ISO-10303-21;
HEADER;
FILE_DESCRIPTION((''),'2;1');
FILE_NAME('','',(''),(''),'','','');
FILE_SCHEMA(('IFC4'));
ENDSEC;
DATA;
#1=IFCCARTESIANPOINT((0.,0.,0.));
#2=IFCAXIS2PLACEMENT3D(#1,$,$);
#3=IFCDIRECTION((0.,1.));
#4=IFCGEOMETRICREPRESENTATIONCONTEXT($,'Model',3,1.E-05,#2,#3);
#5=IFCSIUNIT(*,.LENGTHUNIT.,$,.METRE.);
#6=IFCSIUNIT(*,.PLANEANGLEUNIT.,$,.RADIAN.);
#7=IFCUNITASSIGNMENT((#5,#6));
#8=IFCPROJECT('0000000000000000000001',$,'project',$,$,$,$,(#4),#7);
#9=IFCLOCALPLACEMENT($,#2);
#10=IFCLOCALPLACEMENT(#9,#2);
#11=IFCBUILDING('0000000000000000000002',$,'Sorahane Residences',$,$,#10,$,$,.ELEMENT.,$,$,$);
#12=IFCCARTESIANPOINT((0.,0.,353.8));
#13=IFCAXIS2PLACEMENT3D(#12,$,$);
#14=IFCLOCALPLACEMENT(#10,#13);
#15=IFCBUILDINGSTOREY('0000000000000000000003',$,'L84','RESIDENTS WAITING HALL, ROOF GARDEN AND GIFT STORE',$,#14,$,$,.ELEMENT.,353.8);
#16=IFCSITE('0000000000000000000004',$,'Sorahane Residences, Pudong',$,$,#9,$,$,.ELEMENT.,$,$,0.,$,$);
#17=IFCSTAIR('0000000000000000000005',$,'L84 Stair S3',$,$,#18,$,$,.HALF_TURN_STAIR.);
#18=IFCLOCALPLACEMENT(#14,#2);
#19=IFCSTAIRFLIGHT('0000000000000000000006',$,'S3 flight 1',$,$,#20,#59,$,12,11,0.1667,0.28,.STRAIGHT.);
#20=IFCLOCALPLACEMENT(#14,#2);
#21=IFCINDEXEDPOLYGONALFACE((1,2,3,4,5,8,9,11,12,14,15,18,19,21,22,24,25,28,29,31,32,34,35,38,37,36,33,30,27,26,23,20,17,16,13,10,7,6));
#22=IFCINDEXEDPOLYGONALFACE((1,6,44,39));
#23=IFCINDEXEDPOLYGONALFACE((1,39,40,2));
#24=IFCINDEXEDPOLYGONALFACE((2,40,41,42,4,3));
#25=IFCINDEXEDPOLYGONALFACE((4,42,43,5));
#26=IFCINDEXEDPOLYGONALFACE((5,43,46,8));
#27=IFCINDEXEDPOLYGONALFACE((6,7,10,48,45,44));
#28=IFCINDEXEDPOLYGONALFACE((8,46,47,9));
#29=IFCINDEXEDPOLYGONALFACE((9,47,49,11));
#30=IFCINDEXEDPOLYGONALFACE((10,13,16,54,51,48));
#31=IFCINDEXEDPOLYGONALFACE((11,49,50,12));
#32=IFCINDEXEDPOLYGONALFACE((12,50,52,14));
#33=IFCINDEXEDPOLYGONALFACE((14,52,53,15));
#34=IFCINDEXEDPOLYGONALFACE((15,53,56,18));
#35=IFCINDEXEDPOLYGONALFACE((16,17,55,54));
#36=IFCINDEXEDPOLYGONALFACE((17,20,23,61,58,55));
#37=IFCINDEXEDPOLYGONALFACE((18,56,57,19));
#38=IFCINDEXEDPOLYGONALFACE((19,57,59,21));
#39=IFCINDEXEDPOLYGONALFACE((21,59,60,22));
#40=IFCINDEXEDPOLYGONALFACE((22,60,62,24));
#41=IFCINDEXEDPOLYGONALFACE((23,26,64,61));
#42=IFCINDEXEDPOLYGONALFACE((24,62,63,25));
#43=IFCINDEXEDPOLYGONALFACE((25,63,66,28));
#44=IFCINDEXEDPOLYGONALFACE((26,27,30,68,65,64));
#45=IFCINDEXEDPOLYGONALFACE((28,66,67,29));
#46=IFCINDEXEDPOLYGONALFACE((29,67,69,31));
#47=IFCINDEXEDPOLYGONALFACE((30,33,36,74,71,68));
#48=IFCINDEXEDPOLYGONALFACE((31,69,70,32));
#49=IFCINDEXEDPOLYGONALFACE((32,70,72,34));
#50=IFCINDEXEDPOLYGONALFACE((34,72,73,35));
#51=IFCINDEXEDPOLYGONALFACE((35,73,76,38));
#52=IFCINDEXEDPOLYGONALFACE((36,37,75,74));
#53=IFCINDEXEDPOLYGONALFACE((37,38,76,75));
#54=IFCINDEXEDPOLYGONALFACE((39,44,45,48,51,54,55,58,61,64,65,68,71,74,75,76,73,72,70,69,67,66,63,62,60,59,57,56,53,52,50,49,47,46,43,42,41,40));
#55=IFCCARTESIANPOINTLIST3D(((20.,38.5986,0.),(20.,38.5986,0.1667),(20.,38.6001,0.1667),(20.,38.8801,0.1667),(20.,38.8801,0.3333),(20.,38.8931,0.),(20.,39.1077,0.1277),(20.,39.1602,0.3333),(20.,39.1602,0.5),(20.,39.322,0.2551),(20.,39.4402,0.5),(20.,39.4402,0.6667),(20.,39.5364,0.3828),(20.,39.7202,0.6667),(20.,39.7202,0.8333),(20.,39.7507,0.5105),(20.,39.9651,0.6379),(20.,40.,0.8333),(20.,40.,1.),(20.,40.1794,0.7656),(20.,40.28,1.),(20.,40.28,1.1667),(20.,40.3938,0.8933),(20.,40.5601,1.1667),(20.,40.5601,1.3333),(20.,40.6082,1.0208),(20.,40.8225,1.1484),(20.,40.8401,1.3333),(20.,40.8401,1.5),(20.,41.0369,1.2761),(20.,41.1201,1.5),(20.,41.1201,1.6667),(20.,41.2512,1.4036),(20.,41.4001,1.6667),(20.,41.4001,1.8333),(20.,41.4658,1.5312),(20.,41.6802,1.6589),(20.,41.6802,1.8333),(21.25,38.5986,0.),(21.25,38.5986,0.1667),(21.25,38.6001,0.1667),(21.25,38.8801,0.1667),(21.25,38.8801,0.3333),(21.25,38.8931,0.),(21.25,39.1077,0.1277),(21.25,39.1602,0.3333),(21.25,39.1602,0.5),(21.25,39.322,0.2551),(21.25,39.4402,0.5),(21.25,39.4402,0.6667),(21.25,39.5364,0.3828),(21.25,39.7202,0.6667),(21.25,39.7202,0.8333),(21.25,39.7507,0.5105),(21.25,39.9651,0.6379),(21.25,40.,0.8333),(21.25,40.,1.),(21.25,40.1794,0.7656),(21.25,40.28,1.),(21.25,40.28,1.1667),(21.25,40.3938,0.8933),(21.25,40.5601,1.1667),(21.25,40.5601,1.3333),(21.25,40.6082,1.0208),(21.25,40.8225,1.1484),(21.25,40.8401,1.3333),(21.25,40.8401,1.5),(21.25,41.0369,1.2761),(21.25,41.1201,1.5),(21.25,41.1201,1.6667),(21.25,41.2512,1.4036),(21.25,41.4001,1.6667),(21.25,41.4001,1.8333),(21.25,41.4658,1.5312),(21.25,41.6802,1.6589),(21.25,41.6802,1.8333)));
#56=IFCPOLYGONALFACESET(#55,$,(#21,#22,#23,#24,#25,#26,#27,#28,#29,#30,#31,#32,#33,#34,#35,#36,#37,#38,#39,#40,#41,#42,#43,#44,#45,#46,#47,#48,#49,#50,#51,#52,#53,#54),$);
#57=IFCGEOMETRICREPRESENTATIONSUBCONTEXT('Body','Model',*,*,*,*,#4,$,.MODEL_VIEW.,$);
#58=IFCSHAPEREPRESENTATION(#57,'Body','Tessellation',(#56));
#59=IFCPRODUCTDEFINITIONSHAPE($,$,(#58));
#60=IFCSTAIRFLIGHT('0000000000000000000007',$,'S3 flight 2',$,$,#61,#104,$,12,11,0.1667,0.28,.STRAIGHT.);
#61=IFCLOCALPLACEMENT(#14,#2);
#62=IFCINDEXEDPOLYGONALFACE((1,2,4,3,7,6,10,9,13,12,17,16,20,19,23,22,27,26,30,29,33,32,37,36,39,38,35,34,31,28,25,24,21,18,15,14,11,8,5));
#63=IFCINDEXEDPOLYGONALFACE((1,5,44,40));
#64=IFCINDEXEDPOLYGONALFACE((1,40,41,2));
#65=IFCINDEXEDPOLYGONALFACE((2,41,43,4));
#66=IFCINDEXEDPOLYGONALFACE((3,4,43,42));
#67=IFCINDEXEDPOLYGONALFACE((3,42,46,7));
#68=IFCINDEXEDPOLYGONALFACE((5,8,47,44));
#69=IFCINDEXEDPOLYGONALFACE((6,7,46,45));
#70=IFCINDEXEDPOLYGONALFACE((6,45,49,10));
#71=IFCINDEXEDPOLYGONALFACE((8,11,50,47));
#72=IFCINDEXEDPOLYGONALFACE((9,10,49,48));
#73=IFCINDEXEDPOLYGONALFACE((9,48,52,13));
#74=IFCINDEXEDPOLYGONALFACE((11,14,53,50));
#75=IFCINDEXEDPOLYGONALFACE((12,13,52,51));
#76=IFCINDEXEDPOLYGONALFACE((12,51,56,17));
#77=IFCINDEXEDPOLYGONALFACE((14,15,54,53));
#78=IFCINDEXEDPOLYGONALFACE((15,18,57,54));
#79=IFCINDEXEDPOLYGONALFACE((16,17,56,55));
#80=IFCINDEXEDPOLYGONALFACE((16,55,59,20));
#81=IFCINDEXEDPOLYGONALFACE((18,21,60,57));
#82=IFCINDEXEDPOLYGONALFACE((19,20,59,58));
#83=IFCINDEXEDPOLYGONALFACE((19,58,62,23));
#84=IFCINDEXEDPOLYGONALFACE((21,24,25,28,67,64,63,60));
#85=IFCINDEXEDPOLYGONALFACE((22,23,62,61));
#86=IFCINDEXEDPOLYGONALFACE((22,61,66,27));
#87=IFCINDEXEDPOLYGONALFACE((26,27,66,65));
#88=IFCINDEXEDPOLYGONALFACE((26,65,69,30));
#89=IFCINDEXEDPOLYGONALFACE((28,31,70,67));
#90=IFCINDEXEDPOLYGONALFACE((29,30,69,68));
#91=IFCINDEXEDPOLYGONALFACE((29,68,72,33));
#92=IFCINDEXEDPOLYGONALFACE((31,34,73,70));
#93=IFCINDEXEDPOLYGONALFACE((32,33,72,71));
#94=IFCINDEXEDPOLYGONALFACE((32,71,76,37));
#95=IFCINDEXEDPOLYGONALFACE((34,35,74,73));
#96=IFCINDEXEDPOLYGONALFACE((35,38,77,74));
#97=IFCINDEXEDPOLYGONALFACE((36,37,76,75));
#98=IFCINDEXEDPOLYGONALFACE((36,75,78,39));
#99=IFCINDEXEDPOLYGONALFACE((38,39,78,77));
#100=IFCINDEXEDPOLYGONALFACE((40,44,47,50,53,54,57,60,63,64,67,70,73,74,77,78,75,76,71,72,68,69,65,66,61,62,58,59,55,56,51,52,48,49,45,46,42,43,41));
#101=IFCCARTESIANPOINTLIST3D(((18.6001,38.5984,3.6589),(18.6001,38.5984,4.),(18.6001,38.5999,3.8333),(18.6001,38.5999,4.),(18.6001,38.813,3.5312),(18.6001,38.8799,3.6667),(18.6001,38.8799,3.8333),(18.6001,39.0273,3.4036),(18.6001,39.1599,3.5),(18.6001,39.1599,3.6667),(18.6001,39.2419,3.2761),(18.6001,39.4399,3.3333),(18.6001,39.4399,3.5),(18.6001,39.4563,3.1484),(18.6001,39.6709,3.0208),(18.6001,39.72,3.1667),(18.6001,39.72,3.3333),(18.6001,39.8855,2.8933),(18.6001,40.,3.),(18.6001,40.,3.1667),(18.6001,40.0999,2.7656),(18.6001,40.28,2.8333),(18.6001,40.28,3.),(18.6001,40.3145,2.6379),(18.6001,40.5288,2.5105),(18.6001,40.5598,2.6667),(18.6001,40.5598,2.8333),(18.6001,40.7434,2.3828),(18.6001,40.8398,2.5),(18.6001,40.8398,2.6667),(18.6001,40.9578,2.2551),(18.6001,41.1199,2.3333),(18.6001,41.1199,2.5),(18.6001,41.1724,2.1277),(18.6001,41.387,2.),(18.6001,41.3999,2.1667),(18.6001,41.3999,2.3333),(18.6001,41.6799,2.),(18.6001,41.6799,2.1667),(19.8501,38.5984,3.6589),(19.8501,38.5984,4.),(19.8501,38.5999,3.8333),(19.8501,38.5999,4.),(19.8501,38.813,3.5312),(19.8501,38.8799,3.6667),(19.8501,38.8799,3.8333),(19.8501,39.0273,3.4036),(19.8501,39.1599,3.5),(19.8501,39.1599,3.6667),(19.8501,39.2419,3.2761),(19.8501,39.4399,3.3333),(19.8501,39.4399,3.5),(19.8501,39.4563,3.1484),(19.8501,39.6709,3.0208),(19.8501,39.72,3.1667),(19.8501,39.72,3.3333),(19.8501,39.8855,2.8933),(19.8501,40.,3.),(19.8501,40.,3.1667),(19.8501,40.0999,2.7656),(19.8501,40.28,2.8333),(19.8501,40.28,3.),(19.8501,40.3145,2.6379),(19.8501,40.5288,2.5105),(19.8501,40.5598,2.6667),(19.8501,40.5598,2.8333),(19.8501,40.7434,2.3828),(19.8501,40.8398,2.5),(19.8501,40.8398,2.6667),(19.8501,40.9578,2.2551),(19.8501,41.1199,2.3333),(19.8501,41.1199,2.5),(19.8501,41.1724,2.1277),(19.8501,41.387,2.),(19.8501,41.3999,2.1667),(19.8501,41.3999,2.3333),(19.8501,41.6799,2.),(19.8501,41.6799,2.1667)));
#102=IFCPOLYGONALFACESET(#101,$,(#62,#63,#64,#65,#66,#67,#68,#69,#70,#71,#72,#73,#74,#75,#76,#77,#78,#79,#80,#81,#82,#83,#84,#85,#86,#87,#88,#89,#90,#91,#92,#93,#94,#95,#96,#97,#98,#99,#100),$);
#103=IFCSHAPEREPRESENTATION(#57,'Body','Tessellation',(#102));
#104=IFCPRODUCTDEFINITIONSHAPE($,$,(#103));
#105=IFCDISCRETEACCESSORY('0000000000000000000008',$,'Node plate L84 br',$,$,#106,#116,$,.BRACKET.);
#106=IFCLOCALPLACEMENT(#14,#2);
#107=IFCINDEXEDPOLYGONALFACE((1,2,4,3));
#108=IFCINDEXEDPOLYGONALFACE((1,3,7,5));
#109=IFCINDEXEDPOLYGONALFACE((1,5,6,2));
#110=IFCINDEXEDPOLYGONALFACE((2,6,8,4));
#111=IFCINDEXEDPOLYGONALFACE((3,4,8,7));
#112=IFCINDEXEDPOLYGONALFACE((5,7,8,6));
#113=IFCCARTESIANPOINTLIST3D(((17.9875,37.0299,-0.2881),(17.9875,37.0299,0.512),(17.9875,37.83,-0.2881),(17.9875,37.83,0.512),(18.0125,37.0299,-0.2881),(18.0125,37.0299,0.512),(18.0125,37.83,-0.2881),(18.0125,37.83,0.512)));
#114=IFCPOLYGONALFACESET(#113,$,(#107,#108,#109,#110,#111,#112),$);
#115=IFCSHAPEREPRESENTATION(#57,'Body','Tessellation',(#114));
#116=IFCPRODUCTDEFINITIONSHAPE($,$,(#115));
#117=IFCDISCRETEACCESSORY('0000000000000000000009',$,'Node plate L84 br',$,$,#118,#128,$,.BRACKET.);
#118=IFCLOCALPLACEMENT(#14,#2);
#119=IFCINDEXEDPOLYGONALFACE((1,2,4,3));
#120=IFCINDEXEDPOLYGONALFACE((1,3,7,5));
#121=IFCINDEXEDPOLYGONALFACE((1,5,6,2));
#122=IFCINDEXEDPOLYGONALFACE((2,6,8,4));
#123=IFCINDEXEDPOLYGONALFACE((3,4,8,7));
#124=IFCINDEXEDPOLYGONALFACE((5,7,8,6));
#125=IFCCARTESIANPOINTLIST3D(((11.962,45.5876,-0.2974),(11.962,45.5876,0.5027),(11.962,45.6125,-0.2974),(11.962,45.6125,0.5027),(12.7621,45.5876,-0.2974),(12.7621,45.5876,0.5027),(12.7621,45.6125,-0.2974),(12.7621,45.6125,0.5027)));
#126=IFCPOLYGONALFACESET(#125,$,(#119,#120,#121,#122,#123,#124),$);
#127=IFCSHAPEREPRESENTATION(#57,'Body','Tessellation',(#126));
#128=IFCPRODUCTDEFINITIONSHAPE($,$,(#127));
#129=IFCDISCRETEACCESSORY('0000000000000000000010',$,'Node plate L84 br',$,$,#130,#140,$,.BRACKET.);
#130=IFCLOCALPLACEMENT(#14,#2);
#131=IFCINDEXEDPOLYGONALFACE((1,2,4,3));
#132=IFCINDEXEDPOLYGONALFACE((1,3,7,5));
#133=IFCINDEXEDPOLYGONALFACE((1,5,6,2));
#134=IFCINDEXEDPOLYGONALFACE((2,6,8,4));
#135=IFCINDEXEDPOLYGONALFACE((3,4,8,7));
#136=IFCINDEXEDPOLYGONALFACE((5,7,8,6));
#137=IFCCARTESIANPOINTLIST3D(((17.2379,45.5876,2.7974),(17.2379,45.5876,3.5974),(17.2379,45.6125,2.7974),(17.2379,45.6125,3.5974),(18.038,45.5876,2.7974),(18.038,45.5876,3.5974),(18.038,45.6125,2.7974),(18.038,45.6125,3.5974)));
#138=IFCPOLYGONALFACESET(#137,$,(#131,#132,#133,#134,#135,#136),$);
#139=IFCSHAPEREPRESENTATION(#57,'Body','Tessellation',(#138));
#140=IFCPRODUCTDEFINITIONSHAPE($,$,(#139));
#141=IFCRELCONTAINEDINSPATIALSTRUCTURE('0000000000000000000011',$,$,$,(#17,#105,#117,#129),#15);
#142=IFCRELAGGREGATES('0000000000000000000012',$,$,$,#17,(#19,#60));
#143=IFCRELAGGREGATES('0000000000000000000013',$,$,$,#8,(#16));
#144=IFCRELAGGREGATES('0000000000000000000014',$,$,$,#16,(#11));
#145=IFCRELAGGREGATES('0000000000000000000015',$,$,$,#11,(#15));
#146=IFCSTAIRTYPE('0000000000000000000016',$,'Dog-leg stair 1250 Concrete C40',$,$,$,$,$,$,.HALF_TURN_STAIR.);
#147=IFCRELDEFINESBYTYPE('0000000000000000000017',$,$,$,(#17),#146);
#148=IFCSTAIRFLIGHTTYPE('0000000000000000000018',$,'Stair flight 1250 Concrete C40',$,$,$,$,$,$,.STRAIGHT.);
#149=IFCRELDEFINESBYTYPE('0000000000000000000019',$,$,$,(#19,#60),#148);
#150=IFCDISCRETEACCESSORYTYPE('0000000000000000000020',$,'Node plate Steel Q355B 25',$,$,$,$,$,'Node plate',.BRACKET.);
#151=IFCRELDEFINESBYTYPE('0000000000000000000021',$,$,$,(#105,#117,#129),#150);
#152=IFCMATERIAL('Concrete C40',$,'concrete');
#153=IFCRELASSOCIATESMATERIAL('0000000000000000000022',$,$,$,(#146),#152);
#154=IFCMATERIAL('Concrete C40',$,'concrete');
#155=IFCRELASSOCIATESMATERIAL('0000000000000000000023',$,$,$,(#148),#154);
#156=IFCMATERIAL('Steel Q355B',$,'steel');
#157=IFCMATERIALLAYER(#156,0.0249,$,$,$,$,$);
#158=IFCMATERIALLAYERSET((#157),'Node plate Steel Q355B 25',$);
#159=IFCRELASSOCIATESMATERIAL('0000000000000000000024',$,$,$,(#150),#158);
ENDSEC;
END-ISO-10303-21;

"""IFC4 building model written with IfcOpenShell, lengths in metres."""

from ifc_helpers import new_model, si_unit, direction, frame, origin, origin_2d, place, context, subcontext, project, spatial, polyline, rectangle, outline, extrude, material, layer, layer_set, type_object, element, aggregate, save


model = new_model("IFC4")

# Units and contexts
model_context = context("Model", 3, precision=1e-05, world=origin(), true_north=direction((0.0, 1.0)))
body_context = subcontext(model_context, "Body", "Model", "MODEL_VIEW")
ifc_project = project(units=[si_unit("LENGTHUNIT", "METRE"), si_unit("PLANEANGLEUNIT", "RADIAN")], contexts=[model_context])

# Site, building, storey
site_placement = place(None, origin())
site = spatial("IfcSite", under=ifc_project, at=site_placement, Name="Sorahane Residences, Pudong", CompositionType="ELEMENT", RefElevation=0.0)
building_placement = place(site_placement, origin())
building = spatial("IfcBuilding", under=site, at=building_placement, Name="Sorahane Residences", CompositionType="ELEMENT")
storey_placement = place(building_placement, frame((0.0, 0.0, 353.8)))
storey = spatial("IfcBuildingStorey", under=building, at=storey_placement, Name="L84", Description="RESIDENTS WAITING HALL, ROOF GARDEN AND GIFT STORE", CompositionType="ELEMENT", Elevation=353.8)

# Stair, stair flights
ifc_material_1 = material(Name="Concrete C40", Category="concrete")
stair_type = type_object("IfcStairType", Name="Dog-leg stair 1250 Concrete C40", PredefinedType="HALF_TURN_STAIR", material=ifc_material_1)
stair_placement = place(storey_placement, origin())
stair = element("IfcStair", 1, at=stair_placement, inside=storey, type_object=stair_type, Name="L84 Stair S3", PredefinedType="HALF_TURN_STAIR")
ifc_material_2 = material(Name="Concrete C40", Category="concrete")
stair_flight_type = type_object("IfcStairFlightType", Name="Stair flight 1250 Concrete C40", PredefinedType="STRAIGHT", material=ifc_material_2)
stair_flight_1_placement = place(storey_placement, frame((20.625, 38.6001, 0.0), z_axis=(0.0, 0.0, 1.0), x_axis=(0.0, 1.0, 0.0)))
stair_flight_1 = element("IfcStairFlight", 2, at=stair_flight_1_placement, type_object=stair_flight_type, Name="S3 flight 1", NumberOfRisers=12, NumberOfTreads=11, PredefinedType="STRAIGHT", RiserHeight=0.1667, TreadLength=0.28, context=body_context, shape_type="SweptSolid", body=[
    extrude(outline(polyline([(-0.0015, 0.0), (-0.0015, 0.1667), (0.0, 0.1667), (0.28, 0.1667), (0.28, 0.3333), (0.5601, 0.3333), (0.5601, 0.5), (0.8401, 0.5), (0.8401, 0.6667), (1.1201, 0.6667), (1.1201, 0.8333), (1.3999, 0.8333), (1.3999, 1.0), (1.6799, 1.0), (1.6799, 1.1667), (1.96, 1.1667), (1.96, 1.3333), (2.24, 1.3333), (2.24, 1.5), (2.52, 1.5), (2.52, 1.6667), (2.8, 1.6667), (2.8, 1.8333), (3.0801, 1.8333), (3.0801, 2.0), (3.0801, 1.6589), (2.8657, 1.5312), (2.6511, 1.4036), (2.4368, 1.2761), (2.2224, 1.1484), (2.0081, 1.0208), (1.7937, 0.8933), (1.5793, 0.7656), (1.365, 0.6379), (1.1506, 0.5105), (0.9363, 0.3828), (0.7219, 0.2551), (0.5076, 0.1277), (0.293, 0.0), (-0.0015, 0.0)])), frame((0.0, 0.625, 0.0), z_axis=(0.0, -1.0, 0.0), x_axis=(1.0, 0.0, 0.0)), (0.0, 0.0, 1.0), 1.25),
])
stair_flight_2_placement = place(storey_placement, frame((19.2251, 41.6799, 2.0), z_axis=(0.0, 0.0, 1.0), x_axis=(0.0, -1.0, 0.0)))
stair_flight_2 = element("IfcStairFlight", 3, at=stair_flight_2_placement, type_object=stair_flight_type, Name="S3 flight 2", NumberOfRisers=12, NumberOfTreads=11, PredefinedType="STRAIGHT", RiserHeight=0.1667, TreadLength=0.28, context=body_context, shape_type="SweptSolid", body=[
    extrude(outline(polyline([(0.0, 0.0), (0.0, 0.1667), (0.28, 0.1667), (0.28, 0.3333), (0.5601, 0.3333), (0.5601, 0.5), (0.8401, 0.5), (0.8401, 0.6667), (1.1201, 0.6667), (1.1201, 0.8333), (1.3999, 0.8333), (1.3999, 1.0), (1.6799, 1.0), (1.6799, 1.1667), (1.96, 1.1667), (1.96, 1.3333), (2.24, 1.3333), (2.24, 1.5), (2.52, 1.5), (2.52, 1.6667), (2.8, 1.6667), (2.8, 1.8333), (3.0801, 1.8333), (3.0801, 2.0), (3.0815, 2.0), (3.0815, 1.6589), (2.8669, 1.5312), (2.6526, 1.4036), (2.438, 1.2761), (2.2236, 1.1484), (2.009, 1.0208), (1.7944, 0.8933), (1.5801, 0.7656), (1.3655, 0.6379), (1.1511, 0.5105), (0.9365, 0.3828), (0.7222, 0.2551), (0.5076, 0.1277), (0.293, 0.0), (0.0, 0.0)])), frame((0.0, 0.625, 0.0), z_axis=(0.0, -1.0, 0.0), x_axis=(1.0, 0.0, 0.0)), (0.0, 0.0, 1.0), 1.25),
])
aggregate(stair, [stair_flight_1, stair_flight_2])

# Discrete accessories
ifc_material_3 = material(Name="Steel Q355B", Category="steel")
ifc_layer_1 = layer(ifc_material_3, 0.0249)
ifc_layer_set_1 = layer_set([ifc_layer_1], Name="Node plate Steel Q355B 25")
discrete_accessory_type = type_object("IfcDiscreteAccessoryType", Name="Node plate Steel Q355B 25", ElementType="Node plate", PredefinedType="BRACKET", material=ifc_layer_set_1)
for number, where, z_axis, x_axis, name in (
    (4, (18.0, 37.4299, -0.2881), (0.0, 0.0, 1.0), (0.0, 1.0, 0.0), "Node plate L84 br"),
    (5, (12.3621, 45.6001, -0.2974), (0.0, 0.0, 1.0), (1.0, 0.0, 0.0), "Node plate L84 br"),
    (6, (17.6379, 45.6001, 2.7974), (0.0, 0.0, 1.0), (1.0, 0.0, 0.0), "Node plate L84 br"),
):
    element("IfcDiscreteAccessory", number, at=place(storey_placement, frame(where, z_axis=z_axis, x_axis=x_axis)), inside=storey, type_object=discrete_accessory_type, Name=name, PredefinedType="BRACKET", context=body_context, shape_type="SweptSolid", body=[
        extrude(rectangle(XDim=0.8, YDim=0.0249, at=origin_2d()), origin(), (0.0, 0.0, 1.0), 0.8),
    ])

save(model, "model.ifc")
